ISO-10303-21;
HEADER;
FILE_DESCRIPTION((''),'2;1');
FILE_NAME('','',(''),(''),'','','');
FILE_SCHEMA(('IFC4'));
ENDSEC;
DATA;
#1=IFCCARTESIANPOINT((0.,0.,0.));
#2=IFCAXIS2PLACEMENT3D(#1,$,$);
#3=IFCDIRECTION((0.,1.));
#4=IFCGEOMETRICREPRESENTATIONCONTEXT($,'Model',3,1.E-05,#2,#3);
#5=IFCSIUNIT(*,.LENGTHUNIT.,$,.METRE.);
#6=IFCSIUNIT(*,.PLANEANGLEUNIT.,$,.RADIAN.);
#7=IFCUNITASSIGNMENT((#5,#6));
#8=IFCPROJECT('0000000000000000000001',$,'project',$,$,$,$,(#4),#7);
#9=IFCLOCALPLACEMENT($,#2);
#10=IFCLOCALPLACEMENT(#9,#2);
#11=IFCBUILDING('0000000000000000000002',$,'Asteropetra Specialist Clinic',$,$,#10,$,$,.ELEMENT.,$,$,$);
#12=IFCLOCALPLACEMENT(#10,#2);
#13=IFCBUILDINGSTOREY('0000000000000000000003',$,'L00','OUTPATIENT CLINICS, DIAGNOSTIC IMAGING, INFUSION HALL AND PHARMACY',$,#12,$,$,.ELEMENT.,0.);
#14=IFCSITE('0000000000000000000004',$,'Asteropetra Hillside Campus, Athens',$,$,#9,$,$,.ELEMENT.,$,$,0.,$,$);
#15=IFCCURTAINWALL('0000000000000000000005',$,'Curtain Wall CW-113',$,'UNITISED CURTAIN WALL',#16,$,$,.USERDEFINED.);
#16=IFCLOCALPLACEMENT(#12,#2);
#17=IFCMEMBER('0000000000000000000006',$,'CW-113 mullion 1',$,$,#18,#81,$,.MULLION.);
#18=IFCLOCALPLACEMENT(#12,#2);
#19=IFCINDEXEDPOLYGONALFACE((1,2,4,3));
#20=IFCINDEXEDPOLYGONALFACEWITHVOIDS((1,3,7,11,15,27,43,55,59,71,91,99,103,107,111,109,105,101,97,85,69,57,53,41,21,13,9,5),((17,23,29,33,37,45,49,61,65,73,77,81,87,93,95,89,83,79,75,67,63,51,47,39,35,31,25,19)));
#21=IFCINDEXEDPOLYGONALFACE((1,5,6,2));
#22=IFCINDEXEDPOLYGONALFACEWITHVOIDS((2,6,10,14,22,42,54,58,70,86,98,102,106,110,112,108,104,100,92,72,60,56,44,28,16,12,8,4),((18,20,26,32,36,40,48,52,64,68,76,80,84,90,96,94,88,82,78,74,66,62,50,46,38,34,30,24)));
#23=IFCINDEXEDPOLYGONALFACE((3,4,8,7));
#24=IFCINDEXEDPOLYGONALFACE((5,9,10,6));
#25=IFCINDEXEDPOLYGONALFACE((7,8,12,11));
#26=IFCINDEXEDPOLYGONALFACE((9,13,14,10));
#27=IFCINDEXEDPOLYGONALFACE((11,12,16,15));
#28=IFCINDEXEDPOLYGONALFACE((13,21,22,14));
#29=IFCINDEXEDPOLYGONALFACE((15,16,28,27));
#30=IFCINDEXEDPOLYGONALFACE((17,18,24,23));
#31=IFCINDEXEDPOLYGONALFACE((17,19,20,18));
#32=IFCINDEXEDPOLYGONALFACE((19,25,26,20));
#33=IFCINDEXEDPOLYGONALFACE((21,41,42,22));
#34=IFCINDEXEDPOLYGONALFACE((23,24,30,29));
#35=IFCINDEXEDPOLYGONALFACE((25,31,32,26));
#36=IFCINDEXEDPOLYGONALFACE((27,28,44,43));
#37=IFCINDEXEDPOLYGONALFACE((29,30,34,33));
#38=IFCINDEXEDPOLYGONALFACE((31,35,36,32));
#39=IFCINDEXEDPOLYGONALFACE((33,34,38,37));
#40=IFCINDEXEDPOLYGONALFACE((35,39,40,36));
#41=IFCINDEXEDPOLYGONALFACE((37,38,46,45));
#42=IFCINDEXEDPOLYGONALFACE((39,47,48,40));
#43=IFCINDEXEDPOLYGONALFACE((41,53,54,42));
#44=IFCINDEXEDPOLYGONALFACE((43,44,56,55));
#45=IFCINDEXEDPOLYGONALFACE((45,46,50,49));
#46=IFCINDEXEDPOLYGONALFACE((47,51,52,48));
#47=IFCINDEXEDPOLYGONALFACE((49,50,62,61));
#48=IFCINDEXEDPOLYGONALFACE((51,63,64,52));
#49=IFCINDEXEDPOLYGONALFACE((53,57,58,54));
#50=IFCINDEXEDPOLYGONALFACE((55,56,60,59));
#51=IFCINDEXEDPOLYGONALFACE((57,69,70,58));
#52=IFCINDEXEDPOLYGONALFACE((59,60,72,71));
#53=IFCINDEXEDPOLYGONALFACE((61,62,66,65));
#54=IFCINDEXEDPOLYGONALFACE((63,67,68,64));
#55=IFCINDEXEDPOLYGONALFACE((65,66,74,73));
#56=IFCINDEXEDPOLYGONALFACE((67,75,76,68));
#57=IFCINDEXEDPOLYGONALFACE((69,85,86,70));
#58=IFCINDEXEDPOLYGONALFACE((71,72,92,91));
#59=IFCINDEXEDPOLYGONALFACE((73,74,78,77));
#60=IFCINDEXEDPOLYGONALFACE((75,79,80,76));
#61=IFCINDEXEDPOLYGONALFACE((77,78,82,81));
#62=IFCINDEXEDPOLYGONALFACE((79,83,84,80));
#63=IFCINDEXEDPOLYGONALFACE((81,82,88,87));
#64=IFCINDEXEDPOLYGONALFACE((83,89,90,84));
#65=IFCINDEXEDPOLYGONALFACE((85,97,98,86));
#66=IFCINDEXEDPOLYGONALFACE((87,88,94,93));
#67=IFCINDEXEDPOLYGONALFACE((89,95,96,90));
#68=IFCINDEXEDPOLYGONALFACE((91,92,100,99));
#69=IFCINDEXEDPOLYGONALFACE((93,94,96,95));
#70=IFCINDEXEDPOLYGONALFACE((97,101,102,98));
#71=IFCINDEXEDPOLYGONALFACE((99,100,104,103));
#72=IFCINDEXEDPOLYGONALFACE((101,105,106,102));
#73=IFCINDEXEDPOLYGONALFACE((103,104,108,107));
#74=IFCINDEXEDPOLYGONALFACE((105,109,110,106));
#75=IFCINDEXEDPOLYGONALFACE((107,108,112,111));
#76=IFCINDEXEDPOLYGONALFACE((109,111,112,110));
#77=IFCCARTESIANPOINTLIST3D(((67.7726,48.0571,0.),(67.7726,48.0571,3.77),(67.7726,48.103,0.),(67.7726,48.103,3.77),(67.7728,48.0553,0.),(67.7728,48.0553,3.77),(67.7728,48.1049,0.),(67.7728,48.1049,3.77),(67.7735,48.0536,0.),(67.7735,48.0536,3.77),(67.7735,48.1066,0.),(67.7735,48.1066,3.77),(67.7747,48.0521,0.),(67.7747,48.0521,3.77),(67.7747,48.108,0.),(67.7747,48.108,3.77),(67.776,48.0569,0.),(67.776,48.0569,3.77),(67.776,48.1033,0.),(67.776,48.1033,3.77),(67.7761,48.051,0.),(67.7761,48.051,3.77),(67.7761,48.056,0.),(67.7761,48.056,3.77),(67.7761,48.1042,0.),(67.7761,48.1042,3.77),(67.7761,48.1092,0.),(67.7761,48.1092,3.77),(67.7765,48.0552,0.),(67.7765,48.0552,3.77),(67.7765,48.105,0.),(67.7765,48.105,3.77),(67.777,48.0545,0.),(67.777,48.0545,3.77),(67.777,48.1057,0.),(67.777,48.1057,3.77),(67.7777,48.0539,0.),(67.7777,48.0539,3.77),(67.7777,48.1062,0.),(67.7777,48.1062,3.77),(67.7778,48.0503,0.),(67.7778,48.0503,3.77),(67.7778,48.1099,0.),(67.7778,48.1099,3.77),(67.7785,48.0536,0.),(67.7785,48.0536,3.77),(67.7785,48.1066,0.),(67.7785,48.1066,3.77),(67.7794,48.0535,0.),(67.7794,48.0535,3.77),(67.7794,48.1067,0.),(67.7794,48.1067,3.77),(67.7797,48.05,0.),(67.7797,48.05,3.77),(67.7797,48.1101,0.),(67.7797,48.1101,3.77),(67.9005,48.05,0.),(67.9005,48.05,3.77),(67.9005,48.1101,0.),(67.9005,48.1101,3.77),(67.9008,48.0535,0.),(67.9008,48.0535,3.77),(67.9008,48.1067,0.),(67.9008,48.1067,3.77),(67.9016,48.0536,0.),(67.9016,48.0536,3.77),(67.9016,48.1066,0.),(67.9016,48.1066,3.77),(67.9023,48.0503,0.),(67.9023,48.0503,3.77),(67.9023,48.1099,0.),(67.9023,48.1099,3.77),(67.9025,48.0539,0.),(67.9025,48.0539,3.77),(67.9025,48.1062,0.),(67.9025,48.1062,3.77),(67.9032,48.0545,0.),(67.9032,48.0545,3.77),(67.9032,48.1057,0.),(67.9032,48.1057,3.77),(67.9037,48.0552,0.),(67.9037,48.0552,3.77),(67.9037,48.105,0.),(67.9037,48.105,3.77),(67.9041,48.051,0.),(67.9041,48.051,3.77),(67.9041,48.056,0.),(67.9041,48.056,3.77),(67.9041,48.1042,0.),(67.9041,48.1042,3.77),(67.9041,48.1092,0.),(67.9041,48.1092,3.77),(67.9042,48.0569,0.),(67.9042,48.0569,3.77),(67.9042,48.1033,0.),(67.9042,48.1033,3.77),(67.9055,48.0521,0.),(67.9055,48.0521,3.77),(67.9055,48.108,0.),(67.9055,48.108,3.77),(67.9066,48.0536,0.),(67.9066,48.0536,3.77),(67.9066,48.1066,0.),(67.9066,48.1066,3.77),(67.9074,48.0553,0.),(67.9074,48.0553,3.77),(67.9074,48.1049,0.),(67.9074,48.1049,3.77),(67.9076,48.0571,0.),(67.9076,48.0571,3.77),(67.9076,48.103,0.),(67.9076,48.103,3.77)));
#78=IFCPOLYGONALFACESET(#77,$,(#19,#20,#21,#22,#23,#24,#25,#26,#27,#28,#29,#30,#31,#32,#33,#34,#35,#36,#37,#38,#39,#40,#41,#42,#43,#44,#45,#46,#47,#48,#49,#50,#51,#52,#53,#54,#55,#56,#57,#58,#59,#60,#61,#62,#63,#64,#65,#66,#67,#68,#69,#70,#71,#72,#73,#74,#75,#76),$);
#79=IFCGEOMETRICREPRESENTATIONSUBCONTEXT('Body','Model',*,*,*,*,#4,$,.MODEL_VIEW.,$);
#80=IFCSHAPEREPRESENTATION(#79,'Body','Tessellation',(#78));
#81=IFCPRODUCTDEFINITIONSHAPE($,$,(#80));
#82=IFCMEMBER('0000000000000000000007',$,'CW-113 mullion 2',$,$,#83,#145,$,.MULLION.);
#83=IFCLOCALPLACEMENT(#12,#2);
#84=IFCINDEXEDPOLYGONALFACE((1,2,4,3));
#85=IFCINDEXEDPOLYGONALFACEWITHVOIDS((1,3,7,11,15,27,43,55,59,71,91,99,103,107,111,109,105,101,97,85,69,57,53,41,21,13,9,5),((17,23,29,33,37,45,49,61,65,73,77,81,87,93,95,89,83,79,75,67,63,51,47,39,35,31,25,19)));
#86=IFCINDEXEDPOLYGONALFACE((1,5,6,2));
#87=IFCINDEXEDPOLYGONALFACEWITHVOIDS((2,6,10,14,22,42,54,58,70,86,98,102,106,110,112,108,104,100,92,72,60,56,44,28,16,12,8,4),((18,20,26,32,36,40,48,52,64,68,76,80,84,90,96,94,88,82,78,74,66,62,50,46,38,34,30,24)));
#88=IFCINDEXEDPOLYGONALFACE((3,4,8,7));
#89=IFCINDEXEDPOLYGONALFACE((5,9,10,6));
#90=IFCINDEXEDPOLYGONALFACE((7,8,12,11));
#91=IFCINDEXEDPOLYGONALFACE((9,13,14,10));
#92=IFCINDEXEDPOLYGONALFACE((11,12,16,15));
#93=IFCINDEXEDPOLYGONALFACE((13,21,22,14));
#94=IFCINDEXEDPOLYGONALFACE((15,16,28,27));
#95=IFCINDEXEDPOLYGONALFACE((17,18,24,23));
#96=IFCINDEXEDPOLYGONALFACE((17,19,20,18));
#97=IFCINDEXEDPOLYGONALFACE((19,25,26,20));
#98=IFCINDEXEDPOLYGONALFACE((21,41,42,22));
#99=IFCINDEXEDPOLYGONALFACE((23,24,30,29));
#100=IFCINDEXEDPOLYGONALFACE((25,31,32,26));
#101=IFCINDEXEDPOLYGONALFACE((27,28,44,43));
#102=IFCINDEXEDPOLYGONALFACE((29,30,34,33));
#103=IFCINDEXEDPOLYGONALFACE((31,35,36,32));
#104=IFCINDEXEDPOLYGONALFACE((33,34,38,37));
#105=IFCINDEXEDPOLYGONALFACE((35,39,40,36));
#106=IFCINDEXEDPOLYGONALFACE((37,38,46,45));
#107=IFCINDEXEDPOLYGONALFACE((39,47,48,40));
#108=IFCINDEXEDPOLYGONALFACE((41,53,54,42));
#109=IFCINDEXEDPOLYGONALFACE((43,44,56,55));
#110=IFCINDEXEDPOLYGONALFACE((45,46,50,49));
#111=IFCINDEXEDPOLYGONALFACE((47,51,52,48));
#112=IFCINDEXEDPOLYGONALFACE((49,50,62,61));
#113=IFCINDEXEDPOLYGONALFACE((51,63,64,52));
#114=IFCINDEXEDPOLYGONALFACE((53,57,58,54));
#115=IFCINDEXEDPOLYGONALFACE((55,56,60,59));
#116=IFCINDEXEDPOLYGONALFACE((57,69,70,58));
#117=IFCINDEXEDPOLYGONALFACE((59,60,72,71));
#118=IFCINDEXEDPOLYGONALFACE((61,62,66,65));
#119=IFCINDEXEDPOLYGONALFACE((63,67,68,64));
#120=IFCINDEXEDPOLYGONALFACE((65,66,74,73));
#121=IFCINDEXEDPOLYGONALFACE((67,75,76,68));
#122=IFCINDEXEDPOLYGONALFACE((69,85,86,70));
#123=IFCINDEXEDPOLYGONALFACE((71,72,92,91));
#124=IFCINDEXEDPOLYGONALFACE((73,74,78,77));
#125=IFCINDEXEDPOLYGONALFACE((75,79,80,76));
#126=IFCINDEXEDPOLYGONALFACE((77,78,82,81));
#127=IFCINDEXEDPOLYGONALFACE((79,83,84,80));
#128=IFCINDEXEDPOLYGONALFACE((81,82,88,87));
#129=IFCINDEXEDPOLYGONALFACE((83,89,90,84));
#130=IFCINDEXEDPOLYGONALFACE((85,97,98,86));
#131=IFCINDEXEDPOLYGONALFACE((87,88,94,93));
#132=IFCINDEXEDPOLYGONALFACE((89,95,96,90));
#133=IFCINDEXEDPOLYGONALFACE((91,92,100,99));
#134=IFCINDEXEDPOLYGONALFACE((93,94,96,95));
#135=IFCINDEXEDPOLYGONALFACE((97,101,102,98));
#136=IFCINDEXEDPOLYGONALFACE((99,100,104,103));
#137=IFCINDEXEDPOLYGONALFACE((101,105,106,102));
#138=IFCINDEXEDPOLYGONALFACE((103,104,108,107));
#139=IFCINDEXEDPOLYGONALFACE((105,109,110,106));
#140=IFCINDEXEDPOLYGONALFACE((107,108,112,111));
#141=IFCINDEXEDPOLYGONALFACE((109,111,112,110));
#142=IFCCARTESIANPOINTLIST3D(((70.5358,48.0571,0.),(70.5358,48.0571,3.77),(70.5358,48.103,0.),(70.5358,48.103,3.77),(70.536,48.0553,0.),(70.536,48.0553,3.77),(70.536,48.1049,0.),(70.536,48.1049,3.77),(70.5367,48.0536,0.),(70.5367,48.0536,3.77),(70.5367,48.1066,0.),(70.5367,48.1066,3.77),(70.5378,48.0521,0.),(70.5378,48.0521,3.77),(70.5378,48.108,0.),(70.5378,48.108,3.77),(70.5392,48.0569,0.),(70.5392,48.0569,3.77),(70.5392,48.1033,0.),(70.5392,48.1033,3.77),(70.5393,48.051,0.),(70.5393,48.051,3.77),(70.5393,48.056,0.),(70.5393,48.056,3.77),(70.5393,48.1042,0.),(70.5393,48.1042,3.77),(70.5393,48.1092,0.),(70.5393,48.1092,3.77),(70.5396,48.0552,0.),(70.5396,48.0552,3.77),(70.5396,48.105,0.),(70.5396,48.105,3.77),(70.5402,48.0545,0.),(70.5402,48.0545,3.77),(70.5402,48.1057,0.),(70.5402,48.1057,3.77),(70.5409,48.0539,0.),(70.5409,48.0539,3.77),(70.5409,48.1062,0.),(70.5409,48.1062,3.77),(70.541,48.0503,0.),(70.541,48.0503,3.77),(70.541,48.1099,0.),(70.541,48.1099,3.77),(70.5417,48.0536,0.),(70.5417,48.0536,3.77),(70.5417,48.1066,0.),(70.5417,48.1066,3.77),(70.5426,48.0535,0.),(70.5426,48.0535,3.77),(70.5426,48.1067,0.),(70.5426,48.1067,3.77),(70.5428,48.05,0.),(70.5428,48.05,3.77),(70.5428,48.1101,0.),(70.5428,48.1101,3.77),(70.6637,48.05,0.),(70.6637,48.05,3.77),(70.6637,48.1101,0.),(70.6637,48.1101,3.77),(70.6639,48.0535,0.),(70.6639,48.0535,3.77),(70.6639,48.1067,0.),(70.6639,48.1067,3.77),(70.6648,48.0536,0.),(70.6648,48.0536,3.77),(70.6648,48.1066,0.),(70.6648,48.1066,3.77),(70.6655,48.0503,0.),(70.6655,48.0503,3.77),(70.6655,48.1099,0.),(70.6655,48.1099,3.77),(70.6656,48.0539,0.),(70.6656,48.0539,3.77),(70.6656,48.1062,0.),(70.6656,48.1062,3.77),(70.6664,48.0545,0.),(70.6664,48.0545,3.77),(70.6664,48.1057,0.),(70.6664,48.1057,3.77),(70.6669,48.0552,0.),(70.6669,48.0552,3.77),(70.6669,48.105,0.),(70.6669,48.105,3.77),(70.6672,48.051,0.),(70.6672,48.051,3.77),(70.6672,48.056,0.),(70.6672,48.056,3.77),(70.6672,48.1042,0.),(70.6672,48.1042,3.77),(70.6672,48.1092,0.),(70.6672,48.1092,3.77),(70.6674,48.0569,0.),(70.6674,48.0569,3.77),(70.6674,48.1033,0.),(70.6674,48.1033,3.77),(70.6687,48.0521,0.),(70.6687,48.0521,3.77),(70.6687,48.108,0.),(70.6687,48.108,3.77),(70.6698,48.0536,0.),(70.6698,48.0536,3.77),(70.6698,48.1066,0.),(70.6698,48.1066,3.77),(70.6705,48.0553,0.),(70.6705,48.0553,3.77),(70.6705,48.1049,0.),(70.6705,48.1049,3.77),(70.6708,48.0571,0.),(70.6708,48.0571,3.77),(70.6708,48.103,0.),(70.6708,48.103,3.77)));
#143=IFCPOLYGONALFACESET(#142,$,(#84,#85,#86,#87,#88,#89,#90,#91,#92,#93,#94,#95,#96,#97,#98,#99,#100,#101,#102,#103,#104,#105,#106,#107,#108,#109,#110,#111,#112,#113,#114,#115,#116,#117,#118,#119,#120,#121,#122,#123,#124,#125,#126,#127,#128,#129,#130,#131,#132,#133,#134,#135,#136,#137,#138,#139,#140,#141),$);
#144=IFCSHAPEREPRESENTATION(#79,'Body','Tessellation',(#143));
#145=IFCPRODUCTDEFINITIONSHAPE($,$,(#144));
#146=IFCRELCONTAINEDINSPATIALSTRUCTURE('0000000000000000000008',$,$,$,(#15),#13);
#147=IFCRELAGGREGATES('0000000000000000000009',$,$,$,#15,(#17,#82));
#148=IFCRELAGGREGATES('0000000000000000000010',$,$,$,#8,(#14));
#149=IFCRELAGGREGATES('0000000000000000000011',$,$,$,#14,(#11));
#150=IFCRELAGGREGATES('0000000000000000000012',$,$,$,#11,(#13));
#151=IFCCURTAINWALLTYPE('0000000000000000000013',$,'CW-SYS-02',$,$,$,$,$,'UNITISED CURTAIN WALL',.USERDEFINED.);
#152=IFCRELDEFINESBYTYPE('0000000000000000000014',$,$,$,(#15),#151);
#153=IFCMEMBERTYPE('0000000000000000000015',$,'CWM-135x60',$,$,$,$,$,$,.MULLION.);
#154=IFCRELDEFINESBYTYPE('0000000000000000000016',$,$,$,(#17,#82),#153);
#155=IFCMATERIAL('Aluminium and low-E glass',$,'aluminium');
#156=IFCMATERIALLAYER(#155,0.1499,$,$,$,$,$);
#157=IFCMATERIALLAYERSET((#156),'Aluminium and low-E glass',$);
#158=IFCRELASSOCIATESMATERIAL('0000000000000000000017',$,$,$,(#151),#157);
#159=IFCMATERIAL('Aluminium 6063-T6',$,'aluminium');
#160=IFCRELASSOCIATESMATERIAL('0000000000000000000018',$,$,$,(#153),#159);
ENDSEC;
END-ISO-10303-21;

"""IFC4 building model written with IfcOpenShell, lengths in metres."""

from ifc_helpers import new_model, si_unit, direction, frame, origin, origin_2d, place, context, subcontext, project, spatial, hollow_rectangle, extrude, material, layer, layer_set, material_profile, profile_set, type_object, element, aggregate, save


model = new_model("IFC4")

# Units and contexts
model_context = context("Model", 3, precision=1e-05, world=origin(), true_north=direction((0.0, 1.0)))
body_context = subcontext(model_context, "Body", "Model", "MODEL_VIEW")
ifc_project = project(units=[si_unit("LENGTHUNIT", "METRE"), si_unit("PLANEANGLEUNIT", "RADIAN")], contexts=[model_context])

# Site, building, storey
site_placement = place(None, origin())
site = spatial("IfcSite", under=ifc_project, at=site_placement, Name="Asteropetra Hillside Campus, Athens", CompositionType="ELEMENT", RefElevation=0.0)
building_placement = place(site_placement, origin())
building = spatial("IfcBuilding", under=site, at=building_placement, Name="Asteropetra Specialist Clinic", CompositionType="ELEMENT")
storey_placement = place(building_placement, origin())
storey = spatial("IfcBuildingStorey", under=building, at=storey_placement, Name="L00", Description="OUTPATIENT CLINICS, DIAGNOSTIC IMAGING, INFUSION HALL AND PHARMACY", CompositionType="ELEMENT", Elevation=0.0)

# Curtain wall, members
ifc_material_1 = material(Name="Aluminium and low-E glass", Category="aluminium")
ifc_layer_1 = layer(ifc_material_1, 0.1499)
ifc_layer_set_1 = layer_set([ifc_layer_1], Name="Aluminium and low-E glass")
curtain_wall_type = type_object("IfcCurtainWallType", Name="CW-SYS-02", ElementType="UNITISED CURTAIN WALL", PredefinedType="USERDEFINED", material=ifc_layer_set_1)
curtain_wall_placement = place(storey_placement, origin())
curtain_wall = element("IfcCurtainWall", 1, at=curtain_wall_placement, inside=storey, type_object=curtain_wall_type, Name="Curtain Wall CW-113", ObjectType="UNITISED CURTAIN WALL", PredefinedType="USERDEFINED")
ifc_material_2 = material(Name="Aluminium 6063-T6", Category="aluminium")
ifc_material_profile_1 = material_profile(ifc_material_2, hollow_rectangle(XDim=0.0601, YDim=0.135, WallThickness=0.0034, InnerFilletRadius=0.0034, OuterFilletRadius=0.0071, at=origin_2d()), Name="MUL 135x60x3.5")
ifc_profile_set_1 = profile_set([ifc_material_profile_1], Name="Aluminium 6063-T6")
member_type_1 = type_object("IfcMemberType", Name="CWM-135x60", PredefinedType="MULLION", material=ifc_profile_set_1)
member_1_placement = place(storey_placement, frame((67.8401, 48.0801, 0.0), z_axis=(0.0, 0.0, 1.0), x_axis=(0.0, 1.0, 0.0)))
member_1 = element("IfcMember", 2, at=member_1_placement, type_object=member_type_1, Name="CW-113 mullion 1", PredefinedType="MULLION", context=body_context, shape_type="SweptSolid", body=[
    extrude(hollow_rectangle(XDim=0.0601, YDim=0.135, WallThickness=0.0034, InnerFilletRadius=0.0034, OuterFilletRadius=0.0071, at=origin_2d()), origin(), (0.0, 0.0, 1.0), 3.77),
])
member_2_placement = place(storey_placement, frame((70.6033, 48.0801, 0.0), z_axis=(0.0, 0.0, 1.0), x_axis=(0.0, 1.0, 0.0)))
member_2 = element("IfcMember", 3, at=member_2_placement, type_object=member_type_1, Name="CW-113 mullion 2", PredefinedType="MULLION", context=body_context, shape_type="SweptSolid", body=[
    extrude(hollow_rectangle(XDim=0.0601, YDim=0.135, WallThickness=0.0034, InnerFilletRadius=0.0034, OuterFilletRadius=0.0071, at=origin_2d()), origin(), (0.0, 0.0, 1.0), 3.77),
])

aggregate(curtain_wall, [member_1, member_2])

save(model, "model.ifc")
